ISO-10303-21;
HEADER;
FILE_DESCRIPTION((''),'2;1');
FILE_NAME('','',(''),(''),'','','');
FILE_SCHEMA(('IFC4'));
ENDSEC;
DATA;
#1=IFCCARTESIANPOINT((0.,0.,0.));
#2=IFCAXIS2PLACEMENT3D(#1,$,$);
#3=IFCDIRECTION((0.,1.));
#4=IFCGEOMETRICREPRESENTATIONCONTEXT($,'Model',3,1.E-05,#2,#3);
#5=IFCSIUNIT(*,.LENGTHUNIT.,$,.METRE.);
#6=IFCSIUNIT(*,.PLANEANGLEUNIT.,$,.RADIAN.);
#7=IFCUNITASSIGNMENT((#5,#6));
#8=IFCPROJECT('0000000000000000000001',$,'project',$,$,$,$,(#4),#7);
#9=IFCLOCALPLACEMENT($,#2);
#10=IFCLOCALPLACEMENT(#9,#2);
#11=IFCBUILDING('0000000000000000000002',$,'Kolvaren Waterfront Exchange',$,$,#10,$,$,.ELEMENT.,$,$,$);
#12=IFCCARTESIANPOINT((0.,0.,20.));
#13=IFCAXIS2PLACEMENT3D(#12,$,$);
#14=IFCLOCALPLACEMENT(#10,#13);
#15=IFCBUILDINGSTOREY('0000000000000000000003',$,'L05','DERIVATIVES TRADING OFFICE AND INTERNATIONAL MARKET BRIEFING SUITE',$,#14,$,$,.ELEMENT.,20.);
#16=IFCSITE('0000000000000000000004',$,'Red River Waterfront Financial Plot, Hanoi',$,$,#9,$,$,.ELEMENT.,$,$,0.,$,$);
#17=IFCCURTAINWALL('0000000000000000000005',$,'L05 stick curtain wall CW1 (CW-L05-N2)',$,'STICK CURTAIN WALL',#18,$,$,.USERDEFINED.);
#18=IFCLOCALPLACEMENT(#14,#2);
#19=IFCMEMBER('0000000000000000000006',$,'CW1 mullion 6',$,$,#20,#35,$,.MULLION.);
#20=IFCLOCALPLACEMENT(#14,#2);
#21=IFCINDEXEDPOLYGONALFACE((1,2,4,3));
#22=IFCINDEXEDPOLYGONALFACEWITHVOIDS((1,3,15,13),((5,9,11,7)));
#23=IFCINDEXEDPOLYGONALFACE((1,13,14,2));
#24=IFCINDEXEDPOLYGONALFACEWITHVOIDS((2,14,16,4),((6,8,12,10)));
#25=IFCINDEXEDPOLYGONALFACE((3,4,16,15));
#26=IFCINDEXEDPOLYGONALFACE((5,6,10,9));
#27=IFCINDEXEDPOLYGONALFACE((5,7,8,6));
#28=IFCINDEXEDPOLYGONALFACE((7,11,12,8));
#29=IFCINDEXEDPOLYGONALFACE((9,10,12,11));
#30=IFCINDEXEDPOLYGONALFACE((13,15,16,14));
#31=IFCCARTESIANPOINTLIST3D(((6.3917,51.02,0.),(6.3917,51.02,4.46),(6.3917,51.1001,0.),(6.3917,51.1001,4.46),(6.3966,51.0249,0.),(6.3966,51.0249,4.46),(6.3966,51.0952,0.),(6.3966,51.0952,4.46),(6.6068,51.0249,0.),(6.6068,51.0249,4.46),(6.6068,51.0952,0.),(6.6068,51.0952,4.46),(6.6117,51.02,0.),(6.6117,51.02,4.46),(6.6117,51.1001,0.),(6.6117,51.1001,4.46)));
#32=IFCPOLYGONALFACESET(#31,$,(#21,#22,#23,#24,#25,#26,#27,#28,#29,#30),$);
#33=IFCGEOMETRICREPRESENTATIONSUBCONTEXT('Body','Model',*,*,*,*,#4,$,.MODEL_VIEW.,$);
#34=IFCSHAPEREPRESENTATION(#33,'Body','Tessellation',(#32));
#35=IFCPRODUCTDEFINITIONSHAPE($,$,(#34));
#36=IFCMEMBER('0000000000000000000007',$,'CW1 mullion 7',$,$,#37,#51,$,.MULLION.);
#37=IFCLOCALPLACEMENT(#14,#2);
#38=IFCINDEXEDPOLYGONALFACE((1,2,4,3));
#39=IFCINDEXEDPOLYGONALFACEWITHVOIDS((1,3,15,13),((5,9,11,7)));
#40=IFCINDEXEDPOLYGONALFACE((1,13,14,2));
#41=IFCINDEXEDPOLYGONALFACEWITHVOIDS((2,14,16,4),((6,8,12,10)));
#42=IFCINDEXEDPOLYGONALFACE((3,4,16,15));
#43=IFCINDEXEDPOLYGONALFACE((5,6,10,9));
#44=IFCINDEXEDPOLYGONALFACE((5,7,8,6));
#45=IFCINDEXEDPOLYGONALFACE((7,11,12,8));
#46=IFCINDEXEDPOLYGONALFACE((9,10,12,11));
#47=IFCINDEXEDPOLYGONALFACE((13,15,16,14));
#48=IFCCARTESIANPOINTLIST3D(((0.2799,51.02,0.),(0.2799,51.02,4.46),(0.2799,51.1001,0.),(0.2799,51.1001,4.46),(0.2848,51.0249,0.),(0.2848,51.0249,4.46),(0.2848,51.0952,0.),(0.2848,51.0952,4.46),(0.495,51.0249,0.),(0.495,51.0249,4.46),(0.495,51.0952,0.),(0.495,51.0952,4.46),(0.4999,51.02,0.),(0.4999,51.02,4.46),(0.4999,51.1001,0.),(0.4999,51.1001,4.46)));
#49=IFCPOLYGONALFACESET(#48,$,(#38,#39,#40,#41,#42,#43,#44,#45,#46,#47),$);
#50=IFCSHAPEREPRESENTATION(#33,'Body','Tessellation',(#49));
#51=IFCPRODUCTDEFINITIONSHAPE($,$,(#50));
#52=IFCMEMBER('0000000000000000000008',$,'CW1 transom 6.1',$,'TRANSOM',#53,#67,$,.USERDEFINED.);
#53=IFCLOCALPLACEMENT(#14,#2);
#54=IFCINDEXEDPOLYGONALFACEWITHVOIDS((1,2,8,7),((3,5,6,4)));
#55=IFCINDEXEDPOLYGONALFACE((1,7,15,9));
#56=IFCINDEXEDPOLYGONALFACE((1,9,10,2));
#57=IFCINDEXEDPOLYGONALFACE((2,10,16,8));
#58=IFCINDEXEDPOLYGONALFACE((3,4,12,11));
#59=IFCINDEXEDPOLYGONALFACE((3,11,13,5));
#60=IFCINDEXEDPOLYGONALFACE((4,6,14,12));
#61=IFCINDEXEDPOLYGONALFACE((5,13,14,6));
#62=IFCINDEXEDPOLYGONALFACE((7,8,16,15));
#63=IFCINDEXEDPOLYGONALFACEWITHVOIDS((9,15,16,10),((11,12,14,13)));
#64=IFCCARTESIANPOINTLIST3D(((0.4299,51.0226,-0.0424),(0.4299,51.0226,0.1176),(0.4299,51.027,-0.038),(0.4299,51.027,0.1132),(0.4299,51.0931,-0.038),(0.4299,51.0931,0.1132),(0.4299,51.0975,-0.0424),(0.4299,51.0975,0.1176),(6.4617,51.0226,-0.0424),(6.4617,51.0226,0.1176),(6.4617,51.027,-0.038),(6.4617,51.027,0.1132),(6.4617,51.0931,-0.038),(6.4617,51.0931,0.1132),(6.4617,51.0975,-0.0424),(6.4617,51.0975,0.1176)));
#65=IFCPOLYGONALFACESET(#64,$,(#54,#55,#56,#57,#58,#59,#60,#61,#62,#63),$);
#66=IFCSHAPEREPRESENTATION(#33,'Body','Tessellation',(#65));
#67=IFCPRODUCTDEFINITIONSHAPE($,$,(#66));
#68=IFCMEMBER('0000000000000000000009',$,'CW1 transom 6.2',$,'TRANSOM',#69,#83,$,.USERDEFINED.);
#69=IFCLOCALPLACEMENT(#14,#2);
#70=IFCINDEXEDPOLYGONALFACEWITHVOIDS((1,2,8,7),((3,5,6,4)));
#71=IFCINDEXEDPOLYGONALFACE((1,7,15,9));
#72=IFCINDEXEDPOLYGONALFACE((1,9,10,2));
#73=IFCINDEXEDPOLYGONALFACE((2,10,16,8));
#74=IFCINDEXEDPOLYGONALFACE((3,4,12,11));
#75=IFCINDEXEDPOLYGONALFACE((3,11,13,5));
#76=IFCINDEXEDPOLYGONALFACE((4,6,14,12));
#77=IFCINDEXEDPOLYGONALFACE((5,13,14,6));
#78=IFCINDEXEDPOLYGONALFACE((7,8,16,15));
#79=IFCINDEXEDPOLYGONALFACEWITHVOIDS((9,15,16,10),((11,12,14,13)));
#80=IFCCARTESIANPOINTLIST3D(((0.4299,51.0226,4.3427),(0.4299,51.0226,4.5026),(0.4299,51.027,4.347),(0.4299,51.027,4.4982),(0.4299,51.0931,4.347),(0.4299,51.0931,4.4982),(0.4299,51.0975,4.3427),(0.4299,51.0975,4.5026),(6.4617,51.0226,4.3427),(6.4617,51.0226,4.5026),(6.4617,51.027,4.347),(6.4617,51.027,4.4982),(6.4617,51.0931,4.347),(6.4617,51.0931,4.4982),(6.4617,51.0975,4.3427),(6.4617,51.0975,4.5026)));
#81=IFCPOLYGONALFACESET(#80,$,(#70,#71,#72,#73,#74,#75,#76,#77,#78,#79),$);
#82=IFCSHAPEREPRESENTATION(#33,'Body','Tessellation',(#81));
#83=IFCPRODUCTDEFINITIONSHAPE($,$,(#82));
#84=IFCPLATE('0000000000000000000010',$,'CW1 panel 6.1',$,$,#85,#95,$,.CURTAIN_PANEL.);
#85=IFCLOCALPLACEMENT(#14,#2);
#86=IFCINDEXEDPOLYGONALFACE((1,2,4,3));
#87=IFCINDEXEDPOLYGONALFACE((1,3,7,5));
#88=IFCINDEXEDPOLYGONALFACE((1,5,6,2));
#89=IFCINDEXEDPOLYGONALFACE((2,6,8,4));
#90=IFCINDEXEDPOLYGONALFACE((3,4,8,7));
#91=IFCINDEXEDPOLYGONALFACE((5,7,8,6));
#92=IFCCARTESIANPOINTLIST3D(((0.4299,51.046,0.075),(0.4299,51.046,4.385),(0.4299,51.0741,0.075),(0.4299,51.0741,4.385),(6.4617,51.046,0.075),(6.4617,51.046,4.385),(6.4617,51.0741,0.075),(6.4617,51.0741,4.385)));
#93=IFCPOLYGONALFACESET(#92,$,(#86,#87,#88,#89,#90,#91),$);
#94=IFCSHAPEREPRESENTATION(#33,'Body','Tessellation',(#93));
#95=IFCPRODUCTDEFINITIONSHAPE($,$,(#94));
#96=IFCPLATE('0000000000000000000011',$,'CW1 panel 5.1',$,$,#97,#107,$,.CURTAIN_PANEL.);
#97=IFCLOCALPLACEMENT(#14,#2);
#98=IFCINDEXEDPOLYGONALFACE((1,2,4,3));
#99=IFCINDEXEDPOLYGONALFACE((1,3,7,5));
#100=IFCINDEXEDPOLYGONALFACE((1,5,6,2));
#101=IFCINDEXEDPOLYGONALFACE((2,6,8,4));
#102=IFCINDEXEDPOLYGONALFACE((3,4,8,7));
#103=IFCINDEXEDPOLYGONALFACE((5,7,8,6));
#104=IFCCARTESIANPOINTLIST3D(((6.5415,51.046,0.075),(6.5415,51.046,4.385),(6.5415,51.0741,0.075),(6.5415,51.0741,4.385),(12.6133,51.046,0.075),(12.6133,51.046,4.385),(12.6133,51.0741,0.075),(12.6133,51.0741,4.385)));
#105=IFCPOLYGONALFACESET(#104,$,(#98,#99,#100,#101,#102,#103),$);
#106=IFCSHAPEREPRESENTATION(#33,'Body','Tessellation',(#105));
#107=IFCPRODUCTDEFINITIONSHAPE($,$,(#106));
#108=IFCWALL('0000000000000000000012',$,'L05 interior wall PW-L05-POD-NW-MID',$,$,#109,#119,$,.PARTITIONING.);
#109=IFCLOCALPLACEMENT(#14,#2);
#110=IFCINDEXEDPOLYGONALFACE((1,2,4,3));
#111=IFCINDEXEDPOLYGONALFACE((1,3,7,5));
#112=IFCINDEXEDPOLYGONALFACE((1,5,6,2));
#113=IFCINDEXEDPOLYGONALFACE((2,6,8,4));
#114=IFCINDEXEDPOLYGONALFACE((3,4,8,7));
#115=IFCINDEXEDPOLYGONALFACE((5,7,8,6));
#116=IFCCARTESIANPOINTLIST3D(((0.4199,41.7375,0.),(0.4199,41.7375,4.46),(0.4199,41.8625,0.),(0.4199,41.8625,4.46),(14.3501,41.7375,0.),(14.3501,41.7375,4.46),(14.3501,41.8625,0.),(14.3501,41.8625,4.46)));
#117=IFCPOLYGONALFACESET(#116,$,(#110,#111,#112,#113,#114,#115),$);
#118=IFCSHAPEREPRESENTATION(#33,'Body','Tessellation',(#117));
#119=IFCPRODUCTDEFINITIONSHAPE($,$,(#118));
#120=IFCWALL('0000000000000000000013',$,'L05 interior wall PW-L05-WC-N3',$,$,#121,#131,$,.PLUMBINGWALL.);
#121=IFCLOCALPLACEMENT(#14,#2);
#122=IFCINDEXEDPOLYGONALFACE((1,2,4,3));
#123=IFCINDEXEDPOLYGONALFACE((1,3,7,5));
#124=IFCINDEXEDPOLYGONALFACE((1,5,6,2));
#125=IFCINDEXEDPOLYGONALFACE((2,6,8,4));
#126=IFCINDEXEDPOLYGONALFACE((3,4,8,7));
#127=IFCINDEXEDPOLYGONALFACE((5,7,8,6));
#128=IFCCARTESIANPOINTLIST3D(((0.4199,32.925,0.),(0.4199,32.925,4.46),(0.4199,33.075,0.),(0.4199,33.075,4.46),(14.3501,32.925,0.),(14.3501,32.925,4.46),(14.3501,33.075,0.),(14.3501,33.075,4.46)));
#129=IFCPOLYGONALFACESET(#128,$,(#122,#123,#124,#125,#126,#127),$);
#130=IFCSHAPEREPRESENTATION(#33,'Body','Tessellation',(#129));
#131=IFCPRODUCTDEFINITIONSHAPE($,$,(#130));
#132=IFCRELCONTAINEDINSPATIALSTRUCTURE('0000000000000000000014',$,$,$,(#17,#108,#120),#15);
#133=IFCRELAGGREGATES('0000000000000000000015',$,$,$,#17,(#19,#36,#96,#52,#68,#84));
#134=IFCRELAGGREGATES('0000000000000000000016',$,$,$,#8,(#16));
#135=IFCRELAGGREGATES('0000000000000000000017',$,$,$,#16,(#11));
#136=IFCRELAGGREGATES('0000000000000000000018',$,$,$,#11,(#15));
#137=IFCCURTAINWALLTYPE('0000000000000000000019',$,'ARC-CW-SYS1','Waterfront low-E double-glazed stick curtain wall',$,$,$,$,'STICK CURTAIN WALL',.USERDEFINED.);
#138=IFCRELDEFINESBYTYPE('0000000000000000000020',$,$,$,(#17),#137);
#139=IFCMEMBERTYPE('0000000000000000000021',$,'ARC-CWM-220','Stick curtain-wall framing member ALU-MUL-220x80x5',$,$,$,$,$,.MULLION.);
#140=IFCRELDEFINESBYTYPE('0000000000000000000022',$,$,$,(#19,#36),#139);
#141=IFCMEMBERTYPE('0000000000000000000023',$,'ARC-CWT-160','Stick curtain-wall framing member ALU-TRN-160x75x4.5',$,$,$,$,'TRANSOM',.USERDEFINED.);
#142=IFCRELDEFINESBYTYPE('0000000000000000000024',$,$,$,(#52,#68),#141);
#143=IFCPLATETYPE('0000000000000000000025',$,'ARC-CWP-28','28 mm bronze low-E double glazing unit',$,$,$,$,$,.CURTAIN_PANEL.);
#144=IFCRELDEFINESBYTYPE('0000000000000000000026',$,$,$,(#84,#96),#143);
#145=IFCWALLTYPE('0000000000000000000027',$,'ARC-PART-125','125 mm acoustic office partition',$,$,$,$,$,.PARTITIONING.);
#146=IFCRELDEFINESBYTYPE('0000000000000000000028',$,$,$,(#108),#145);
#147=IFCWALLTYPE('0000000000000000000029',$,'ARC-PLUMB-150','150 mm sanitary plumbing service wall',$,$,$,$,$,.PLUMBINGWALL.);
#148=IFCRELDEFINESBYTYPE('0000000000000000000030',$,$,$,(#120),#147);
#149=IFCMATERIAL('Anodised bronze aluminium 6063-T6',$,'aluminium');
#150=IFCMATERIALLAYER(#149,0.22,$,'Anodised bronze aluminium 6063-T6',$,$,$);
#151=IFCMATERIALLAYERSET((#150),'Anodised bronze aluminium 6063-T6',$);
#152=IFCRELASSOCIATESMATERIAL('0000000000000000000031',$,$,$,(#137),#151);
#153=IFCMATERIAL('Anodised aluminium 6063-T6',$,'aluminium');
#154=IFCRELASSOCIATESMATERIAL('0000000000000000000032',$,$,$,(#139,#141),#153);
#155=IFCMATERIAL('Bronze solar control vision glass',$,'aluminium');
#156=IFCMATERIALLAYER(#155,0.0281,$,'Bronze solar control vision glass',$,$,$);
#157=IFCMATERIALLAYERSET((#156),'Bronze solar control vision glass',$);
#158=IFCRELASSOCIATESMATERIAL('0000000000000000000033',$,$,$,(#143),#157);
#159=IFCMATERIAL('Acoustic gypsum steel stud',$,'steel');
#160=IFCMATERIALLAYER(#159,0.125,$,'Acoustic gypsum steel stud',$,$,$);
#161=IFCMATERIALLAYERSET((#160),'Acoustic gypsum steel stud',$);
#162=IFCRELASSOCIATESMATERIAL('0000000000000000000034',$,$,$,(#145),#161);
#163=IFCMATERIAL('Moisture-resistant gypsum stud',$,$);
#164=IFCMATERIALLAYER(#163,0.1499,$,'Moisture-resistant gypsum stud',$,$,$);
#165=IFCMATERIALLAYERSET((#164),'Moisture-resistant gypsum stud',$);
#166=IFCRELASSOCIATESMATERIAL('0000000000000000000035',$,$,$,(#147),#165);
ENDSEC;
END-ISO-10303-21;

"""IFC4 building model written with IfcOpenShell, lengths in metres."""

from ifc_helpers import new_model, si_unit, direction, frame, frame_2d, origin, origin_with_axes, origin_2d, place, context, subcontext, project, spatial, rectangle, hollow_rectangle, extrude, source, transform, mapped, material, layer, layer_set, material_profile, profile_set, type_object, element, aggregate, save


model = new_model("IFC4")

# Units and contexts
model_context = context("Model", 3, precision=1e-05, world=origin(), true_north=direction((0.0, 1.0)))
body_context = subcontext(model_context, "Body", "Model", "MODEL_VIEW")
ifc_project = project(units=[si_unit("LENGTHUNIT", "METRE"), si_unit("PLANEANGLEUNIT", "RADIAN")], contexts=[model_context])

# Site, building, storey
site_placement = place(None, origin())
site = spatial("IfcSite", under=ifc_project, at=site_placement, Name="Red River Waterfront Financial Plot, Hanoi", CompositionType="ELEMENT", RefElevation=0.0)
building_placement = place(site_placement, origin())
building = spatial("IfcBuilding", under=site, at=building_placement, Name="Kolvaren Waterfront Exchange", CompositionType="ELEMENT")
storey_placement = place(building_placement, frame((0.0, 0.0, 20.0)))
storey = spatial("IfcBuildingStorey", under=building, at=storey_placement, Name="L05", Description="DERIVATIVES TRADING OFFICE AND INTERNATIONAL MARKET BRIEFING SUITE", CompositionType="ELEMENT", Elevation=20.0)

# Curtain wall, members, plates
ifc_material_1 = material(Name="Anodised bronze aluminium 6063-T6", Category="aluminium")
ifc_layer_1 = layer(ifc_material_1, 0.22, Name="Anodised bronze aluminium 6063-T6")
ifc_layer_set_1 = layer_set([ifc_layer_1], Name="Anodised bronze aluminium 6063-T6")
curtain_wall_type = type_object("IfcCurtainWallType", Name="ARC-CW-SYS1", Description="Waterfront low-E double-glazed stick curtain wall", ElementType="STICK CURTAIN WALL", PredefinedType="USERDEFINED", material=ifc_layer_set_1)
curtain_wall_placement = place(storey_placement, origin())
curtain_wall = element("IfcCurtainWall", 1, at=curtain_wall_placement, inside=storey, type_object=curtain_wall_type, Name="L05 stick curtain wall CW1 (CW-L05-N2)", ObjectType="STICK CURTAIN WALL", PredefinedType="USERDEFINED")
ifc_material_2 = material(Name="Anodised aluminium 6063-T6", Category="aluminium")
ifc_material_profile_1 = material_profile(ifc_material_2, hollow_rectangle(XDim=0.0801, YDim=0.22, WallThickness=0.0049, at=origin_2d()), Name="ALU-MUL-220x80x5")
ifc_profile_set_1 = profile_set([ifc_material_profile_1], Name="Anodised aluminium 6063-T6")
member_type_1 = type_object("IfcMemberType", Name="ARC-CWM-220", Description="Stick curtain-wall framing member ALU-MUL-220x80x5", PredefinedType="MULLION", material=ifc_profile_set_1)
shared_shape_1 = source(origin_with_axes(), body_context, "Body", "SweptSolid", [
    extrude(hollow_rectangle(XDim=0.0801, YDim=0.22, WallThickness=0.0049, at=origin_2d()), origin(), (0.0, 0.0, 1.0), 4.46),
])
member_1_placement = place(storey_placement, frame((6.5017, 51.0601, 0.0), z_axis=(0.0, 0.0, 1.0), x_axis=(0.0, -1.0, 0.0)))
member_1 = element("IfcMember", 2, at=member_1_placement, type_object=member_type_1, Name="CW1 mullion 6", PredefinedType="MULLION", context=body_context, shape_type="MappedRepresentation", body=[
    mapped(shared_shape_1, transform((0.0, 0.0, 0.0), x_axis=(1.0, 0.0, 0.0), y_axis=(0.0, 1.0, 0.0), z_axis=(0.0, 0.0, 1.0), scale=1.0)),
])
member_2_placement = place(storey_placement, frame((0.3899, 51.0601, 0.0), z_axis=(0.0, 0.0, 1.0), x_axis=(0.0, -1.0, 0.0)))
member_2 = element("IfcMember", 3, at=member_2_placement, type_object=member_type_1, Name="CW1 mullion 7", PredefinedType="MULLION", context=body_context, shape_type="MappedRepresentation", body=[
    mapped(shared_shape_1, transform((0.0, 0.0, 0.0), x_axis=(1.0, 0.0, 0.0), y_axis=(0.0, 1.0, 0.0), z_axis=(0.0, 0.0, 1.0), scale=1.0)),
])
ifc_material_profile_2 = material_profile(ifc_material_2, hollow_rectangle(XDim=0.075, YDim=0.1599, WallThickness=0.0044, at=origin_2d()), Name="ALU-TRN-160x75x4.5")
ifc_profile_set_2 = profile_set([ifc_material_profile_2], Name="Anodised aluminium 6063-T6")
member_type_2 = type_object("IfcMemberType", Name="ARC-CWT-160", Description="Stick curtain-wall framing member ALU-TRN-160x75x4.5", ElementType="TRANSOM", PredefinedType="USERDEFINED", material=ifc_profile_set_2)
shared_shape_2 = source(origin_with_axes(), body_context, "Body", "SweptSolid", [
    extrude(hollow_rectangle(XDim=0.075, YDim=0.1599, WallThickness=0.0044, at=origin_2d()), origin(), (0.0, 0.0, 1.0), 6.0317),
])
member_3_placement = place(storey_placement, frame((6.4617, 51.0601, 0.0376), z_axis=(-1.0, 0.0, 0.0), x_axis=(0.0, -1.0, 0.0)))
member_3 = element("IfcMember", 4, at=member_3_placement, type_object=member_type_2, Name="CW1 transom 6.1", ObjectType="TRANSOM", PredefinedType="USERDEFINED", context=body_context, shape_type="MappedRepresentation", body=[
    mapped(shared_shape_2, transform((0.0, 0.0, 0.0), x_axis=(1.0, 0.0, 0.0), y_axis=(0.0, 1.0, 0.0), z_axis=(0.0, 0.0, 1.0), scale=1.0)),
])
member_4_placement = place(storey_placement, frame((6.4617, 51.0601, 4.4226), z_axis=(-1.0, 0.0, 0.0), x_axis=(0.0, -1.0, 0.0)))
member_4 = element("IfcMember", 5, at=member_4_placement, type_object=member_type_2, Name="CW1 transom 6.2", ObjectType="TRANSOM", PredefinedType="USERDEFINED", context=body_context, shape_type="MappedRepresentation", body=[
    mapped(shared_shape_2, transform((0.0, 0.0, 0.0), x_axis=(1.0, 0.0, 0.0), y_axis=(0.0, 1.0, 0.0), z_axis=(0.0, 0.0, 1.0), scale=1.0)),
])
ifc_material_3 = material(Name="Bronze solar control vision glass", Category="aluminium")
ifc_layer_2 = layer(ifc_material_3, 0.0281, Name="Bronze solar control vision glass")
ifc_layer_set_2 = layer_set([ifc_layer_2], Name="Bronze solar control vision glass")
plate_type = type_object("IfcPlateType", Name="ARC-CWP-28", Description="28 mm bronze low-E double glazing unit", PredefinedType="CURTAIN_PANEL", material=ifc_layer_set_2)
shared_shape_3 = source(origin_with_axes(), body_context, "Body", "SweptSolid", [
    extrude(rectangle(XDim=6.0317, YDim=0.0281, at=origin_2d()), origin(), (0.0, 0.0, 1.0), 4.3101),
])
plate_1_placement = place(storey_placement, frame((3.4458, 51.0601, 0.075), z_axis=(0.0, 0.0, 1.0), x_axis=(-1.0, 0.0, 0.0)))
plate_1 = element("IfcPlate", 6, at=plate_1_placement, type_object=plate_type, Name="CW1 panel 6.1", PredefinedType="CURTAIN_PANEL", context=body_context, shape_type="MappedRepresentation", body=[
    mapped(shared_shape_3, transform((0.0, 0.0, 0.0), x_axis=(1.0, 0.0, 0.0), y_axis=(0.0, 1.0, 0.0), z_axis=(0.0, 0.0, 1.0), scale=1.0)),
])
shared_shape_4 = source(origin_with_axes(), body_context, "Body", "SweptSolid", [
    extrude(rectangle(XDim=6.0718, YDim=0.0281, at=origin_2d()), origin(), (0.0, 0.0, 1.0), 4.3101),
])
plate_2_placement = place(storey_placement, frame((9.5774, 51.0601, 0.075), z_axis=(0.0, 0.0, 1.0), x_axis=(-1.0, 0.0, 0.0)))
plate_2 = element("IfcPlate", 7, at=plate_2_placement, type_object=plate_type, Name="CW1 panel 5.1", PredefinedType="CURTAIN_PANEL", context=body_context, shape_type="MappedRepresentation", body=[
    mapped(shared_shape_4, transform((0.0, 0.0, 0.0), x_axis=(1.0, 0.0, 0.0), y_axis=(0.0, 1.0, 0.0), z_axis=(0.0, 0.0, 1.0), scale=1.0)),
])
aggregate(curtain_wall, [member_1, member_2, plate_2, member_3, member_4, plate_1])

# Walls
ifc_material_4 = material(Name="Acoustic gypsum steel stud", Category="steel")
ifc_layer_3 = layer(ifc_material_4, 0.125, Name="Acoustic gypsum steel stud")
ifc_layer_set_3 = layer_set([ifc_layer_3], Name="Acoustic gypsum steel stud")
wall_type_1 = type_object("IfcWallType", Name="ARC-PART-125", Description="125 mm acoustic office partition", PredefinedType="PARTITIONING", material=ifc_layer_set_3)
wall_1_placement = place(storey_placement, frame((0.4199, 41.8, 0.0), z_axis=(0.0, 0.0, 1.0), x_axis=(1.0, 0.0, 0.0)))
element("IfcWall", 8, at=wall_1_placement, inside=storey, type_object=wall_type_1, Name="L05 interior wall PW-L05-POD-NW-MID", PredefinedType="PARTITIONING", context=body_context, shape_type="SweptSolid", body=[
    extrude(rectangle(XDim=13.9302, YDim=0.125, at=frame_2d((6.9651, 0.0))), origin(), (0.0, 0.0, 1.0), 4.46),
])
ifc_material_5 = material(Name="Moisture-resistant gypsum stud")
ifc_layer_4 = layer(ifc_material_5, 0.1499, Name="Moisture-resistant gypsum stud")
ifc_layer_set_4 = layer_set([ifc_layer_4], Name="Moisture-resistant gypsum stud")
wall_type_2 = type_object("IfcWallType", Name="ARC-PLUMB-150", Description="150 mm sanitary plumbing service wall", PredefinedType="PLUMBINGWALL", material=ifc_layer_set_4)
wall_2_placement = place(storey_placement, frame((0.4199, 33.0, 0.0), z_axis=(0.0, 0.0, 1.0), x_axis=(1.0, 0.0, 0.0)))
element("IfcWall", 9, at=wall_2_placement, inside=storey, type_object=wall_type_2, Name="L05 interior wall PW-L05-WC-N3", PredefinedType="PLUMBINGWALL", context=body_context, shape_type="SweptSolid", body=[
    extrude(rectangle(XDim=13.9302, YDim=0.1499, at=frame_2d((6.9651, 0.0))), origin(), (0.0, 0.0, 1.0), 4.46),
])

save(model, "model.ifc")
